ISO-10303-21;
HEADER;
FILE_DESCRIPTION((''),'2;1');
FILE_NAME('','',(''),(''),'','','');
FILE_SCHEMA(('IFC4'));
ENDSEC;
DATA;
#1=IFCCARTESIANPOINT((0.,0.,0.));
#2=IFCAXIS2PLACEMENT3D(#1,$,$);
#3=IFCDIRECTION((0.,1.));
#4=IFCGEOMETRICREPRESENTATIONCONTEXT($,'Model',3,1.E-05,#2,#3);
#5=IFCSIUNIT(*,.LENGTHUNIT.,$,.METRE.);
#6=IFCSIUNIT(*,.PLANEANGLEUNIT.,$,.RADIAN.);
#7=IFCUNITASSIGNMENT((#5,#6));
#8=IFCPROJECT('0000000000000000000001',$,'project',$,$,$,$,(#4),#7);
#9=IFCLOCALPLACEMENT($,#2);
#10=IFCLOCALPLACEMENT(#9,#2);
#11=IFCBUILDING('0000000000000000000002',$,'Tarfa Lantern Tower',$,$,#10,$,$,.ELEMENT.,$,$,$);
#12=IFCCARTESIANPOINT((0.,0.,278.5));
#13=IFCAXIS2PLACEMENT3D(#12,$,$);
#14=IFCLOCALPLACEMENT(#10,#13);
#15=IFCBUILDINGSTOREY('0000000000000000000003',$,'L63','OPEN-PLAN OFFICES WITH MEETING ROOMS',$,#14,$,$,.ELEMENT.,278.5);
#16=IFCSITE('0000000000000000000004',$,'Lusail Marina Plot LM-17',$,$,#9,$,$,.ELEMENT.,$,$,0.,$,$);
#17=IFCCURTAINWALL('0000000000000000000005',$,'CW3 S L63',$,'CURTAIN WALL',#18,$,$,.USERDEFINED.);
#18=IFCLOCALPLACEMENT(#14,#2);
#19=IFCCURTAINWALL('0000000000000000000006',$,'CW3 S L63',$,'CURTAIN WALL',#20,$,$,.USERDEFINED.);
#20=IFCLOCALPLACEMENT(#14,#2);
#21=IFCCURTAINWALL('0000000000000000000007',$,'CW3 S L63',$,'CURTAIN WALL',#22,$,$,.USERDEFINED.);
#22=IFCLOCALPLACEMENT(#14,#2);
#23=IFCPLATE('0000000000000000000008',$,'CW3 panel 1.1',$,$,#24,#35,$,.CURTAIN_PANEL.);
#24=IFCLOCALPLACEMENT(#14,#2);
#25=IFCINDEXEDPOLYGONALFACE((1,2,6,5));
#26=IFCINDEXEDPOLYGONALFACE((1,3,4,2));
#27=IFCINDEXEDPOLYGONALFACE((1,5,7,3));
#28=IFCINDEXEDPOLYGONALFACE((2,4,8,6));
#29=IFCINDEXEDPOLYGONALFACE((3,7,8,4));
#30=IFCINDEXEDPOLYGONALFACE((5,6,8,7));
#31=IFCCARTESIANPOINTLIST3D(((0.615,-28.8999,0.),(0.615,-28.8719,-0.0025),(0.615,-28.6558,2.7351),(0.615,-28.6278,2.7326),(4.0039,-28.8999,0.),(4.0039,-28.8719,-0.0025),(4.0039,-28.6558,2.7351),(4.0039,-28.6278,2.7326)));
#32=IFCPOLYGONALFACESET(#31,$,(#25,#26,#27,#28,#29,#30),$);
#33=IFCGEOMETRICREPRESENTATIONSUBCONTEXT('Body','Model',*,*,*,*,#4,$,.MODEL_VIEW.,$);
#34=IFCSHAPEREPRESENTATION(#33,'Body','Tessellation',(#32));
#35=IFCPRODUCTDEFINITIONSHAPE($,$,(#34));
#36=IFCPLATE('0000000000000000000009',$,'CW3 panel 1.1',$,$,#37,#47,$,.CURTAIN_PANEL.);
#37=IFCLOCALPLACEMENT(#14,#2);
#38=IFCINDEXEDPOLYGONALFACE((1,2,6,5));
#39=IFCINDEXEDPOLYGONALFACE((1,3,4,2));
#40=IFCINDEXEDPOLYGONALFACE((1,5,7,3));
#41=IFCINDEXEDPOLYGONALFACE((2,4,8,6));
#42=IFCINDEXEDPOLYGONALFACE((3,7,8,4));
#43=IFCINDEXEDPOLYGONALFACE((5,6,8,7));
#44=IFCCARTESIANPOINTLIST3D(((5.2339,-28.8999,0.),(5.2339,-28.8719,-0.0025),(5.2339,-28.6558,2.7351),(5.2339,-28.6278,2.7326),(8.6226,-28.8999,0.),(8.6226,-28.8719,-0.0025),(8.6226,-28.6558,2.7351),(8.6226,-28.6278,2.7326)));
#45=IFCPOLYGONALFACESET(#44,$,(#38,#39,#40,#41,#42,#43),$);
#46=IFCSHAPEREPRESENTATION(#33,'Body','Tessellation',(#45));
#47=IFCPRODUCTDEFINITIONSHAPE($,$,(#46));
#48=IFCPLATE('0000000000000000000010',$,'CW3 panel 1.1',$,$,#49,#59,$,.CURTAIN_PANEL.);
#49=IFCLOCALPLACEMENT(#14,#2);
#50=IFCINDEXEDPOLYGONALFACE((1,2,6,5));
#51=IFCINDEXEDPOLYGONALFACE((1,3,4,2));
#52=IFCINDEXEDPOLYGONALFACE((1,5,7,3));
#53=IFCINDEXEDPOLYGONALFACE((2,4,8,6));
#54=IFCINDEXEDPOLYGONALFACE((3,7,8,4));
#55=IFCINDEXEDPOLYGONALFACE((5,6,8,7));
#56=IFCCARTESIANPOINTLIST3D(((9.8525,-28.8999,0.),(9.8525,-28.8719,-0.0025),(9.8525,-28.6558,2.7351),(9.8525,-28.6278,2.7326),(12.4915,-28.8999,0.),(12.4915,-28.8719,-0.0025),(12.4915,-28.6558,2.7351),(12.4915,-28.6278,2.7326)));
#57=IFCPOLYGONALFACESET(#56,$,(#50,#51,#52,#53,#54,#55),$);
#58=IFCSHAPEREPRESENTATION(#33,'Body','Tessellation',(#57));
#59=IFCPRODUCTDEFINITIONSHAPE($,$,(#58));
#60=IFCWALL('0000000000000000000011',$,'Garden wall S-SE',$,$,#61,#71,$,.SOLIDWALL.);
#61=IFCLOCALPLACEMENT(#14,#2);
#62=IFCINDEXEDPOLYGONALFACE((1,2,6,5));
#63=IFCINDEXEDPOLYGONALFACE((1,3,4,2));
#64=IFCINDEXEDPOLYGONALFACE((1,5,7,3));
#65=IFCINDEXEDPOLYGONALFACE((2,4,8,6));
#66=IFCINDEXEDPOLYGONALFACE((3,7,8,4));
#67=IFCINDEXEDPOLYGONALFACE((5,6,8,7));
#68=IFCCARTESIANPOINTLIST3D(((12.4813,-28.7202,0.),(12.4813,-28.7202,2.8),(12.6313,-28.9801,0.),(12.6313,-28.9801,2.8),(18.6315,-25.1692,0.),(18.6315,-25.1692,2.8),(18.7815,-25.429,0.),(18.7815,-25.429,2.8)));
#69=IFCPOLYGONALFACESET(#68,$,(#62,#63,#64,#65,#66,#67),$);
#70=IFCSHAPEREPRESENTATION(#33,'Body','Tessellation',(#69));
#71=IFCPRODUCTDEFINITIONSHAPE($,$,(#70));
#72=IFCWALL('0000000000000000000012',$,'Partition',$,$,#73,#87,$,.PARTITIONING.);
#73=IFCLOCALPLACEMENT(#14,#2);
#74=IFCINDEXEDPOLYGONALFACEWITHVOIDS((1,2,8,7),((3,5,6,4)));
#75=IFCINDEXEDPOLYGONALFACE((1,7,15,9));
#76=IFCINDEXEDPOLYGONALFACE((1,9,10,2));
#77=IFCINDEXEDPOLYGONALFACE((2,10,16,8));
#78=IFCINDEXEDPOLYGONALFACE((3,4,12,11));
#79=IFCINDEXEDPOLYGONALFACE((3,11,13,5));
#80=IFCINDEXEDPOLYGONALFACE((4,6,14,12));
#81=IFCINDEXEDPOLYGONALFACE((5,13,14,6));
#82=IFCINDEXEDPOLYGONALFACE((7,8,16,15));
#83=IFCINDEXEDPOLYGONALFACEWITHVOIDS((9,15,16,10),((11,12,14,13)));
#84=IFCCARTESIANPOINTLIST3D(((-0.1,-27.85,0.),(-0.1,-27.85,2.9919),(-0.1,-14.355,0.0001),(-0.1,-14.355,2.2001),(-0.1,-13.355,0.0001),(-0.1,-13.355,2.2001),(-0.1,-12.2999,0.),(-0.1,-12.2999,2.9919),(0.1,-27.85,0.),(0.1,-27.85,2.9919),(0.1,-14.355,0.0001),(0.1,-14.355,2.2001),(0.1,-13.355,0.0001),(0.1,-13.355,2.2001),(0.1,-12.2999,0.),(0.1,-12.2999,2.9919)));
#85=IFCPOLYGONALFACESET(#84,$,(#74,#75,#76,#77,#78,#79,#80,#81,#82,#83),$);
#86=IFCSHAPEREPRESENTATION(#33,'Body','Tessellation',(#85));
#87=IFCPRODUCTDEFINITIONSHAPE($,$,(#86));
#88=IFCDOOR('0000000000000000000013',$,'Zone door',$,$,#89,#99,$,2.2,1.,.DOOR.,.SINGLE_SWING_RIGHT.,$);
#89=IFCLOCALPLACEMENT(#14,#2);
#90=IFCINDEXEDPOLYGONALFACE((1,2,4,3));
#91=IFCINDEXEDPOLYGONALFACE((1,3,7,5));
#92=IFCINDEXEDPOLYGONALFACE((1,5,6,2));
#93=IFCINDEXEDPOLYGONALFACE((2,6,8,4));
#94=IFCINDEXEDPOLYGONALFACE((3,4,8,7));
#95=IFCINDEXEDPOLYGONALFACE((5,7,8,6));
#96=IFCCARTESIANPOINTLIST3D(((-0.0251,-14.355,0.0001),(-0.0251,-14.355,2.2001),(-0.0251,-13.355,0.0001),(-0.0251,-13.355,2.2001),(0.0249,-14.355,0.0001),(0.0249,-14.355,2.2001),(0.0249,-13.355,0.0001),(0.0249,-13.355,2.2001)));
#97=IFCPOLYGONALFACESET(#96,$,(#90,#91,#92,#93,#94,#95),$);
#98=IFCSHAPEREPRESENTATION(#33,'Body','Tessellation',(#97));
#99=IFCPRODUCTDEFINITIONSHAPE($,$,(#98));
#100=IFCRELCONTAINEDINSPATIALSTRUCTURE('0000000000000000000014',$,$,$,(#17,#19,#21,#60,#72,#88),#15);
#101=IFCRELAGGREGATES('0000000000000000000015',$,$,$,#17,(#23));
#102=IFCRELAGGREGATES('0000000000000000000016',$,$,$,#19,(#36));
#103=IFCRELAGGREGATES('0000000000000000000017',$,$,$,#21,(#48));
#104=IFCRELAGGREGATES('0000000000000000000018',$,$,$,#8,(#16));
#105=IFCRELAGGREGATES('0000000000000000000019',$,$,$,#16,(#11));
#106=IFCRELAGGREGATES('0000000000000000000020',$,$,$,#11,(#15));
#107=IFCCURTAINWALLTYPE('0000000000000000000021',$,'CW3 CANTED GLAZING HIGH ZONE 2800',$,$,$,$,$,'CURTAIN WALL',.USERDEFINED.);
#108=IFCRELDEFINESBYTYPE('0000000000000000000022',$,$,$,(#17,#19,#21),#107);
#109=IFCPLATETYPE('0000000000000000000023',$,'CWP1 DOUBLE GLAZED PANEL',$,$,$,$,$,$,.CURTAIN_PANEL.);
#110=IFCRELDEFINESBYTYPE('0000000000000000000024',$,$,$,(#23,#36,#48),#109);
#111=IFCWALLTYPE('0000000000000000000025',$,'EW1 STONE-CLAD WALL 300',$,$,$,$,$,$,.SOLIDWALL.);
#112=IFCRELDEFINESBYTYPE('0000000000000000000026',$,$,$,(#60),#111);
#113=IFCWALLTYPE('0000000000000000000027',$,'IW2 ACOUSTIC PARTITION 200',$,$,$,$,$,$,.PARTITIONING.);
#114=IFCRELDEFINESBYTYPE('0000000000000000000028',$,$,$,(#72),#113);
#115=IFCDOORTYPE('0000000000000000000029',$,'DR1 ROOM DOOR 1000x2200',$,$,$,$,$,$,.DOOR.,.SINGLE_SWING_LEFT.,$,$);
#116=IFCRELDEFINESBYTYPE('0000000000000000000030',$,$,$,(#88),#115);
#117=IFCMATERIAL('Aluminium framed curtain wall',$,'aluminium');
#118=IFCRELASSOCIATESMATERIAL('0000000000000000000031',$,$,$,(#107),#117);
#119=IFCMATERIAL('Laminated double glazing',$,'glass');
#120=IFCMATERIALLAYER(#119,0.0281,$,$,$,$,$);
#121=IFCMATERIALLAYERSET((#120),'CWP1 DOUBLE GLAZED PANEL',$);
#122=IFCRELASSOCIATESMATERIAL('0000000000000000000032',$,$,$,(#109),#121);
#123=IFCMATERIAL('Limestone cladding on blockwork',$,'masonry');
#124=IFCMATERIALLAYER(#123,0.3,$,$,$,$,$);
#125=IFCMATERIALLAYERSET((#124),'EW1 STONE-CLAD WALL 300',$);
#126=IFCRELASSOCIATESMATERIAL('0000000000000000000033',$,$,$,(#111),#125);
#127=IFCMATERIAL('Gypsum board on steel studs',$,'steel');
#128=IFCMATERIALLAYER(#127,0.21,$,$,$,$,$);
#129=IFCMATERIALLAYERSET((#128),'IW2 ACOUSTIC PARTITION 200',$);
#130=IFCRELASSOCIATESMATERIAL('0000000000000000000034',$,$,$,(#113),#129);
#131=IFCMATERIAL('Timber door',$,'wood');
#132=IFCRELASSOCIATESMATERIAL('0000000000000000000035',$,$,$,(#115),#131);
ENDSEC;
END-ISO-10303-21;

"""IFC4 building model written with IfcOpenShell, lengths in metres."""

from ifc_helpers import new_model, si_unit, direction, frame, frame_2d, origin, place, context, subcontext, project, spatial, polyline, rectangle, outline, extrude, material, layer, layer_set, type_object, element, fill, aggregate, save


model = new_model("IFC4")

# Units and contexts
model_context = context("Model", 3, precision=1e-05, world=origin(), true_north=direction((0.0, 1.0)))
body_context = subcontext(model_context, "Body", "Model", "MODEL_VIEW")
ifc_project = project(units=[si_unit("LENGTHUNIT", "METRE"), si_unit("PLANEANGLEUNIT", "RADIAN")], contexts=[model_context])

# Site, building, storey
site_placement = place(None, origin())
site = spatial("IfcSite", under=ifc_project, at=site_placement, Name="Lusail Marina Plot LM-17", CompositionType="ELEMENT", RefElevation=0.0)
building_placement = place(site_placement, origin())
building = spatial("IfcBuilding", under=site, at=building_placement, Name="Tarfa Lantern Tower", CompositionType="ELEMENT")
storey_placement = place(building_placement, frame((0.0, 0.0, 278.5)))
storey = spatial("IfcBuildingStorey", under=building, at=storey_placement, Name="L63", Description="OPEN-PLAN OFFICES WITH MEETING ROOMS", CompositionType="ELEMENT", Elevation=278.5)

# Curtain walls
ifc_material_1 = material(Name="Aluminium framed curtain wall", Category="aluminium")
curtain_wall_type = type_object("IfcCurtainWallType", Name="CW3 CANTED GLAZING HIGH ZONE 2800", ElementType="CURTAIN WALL", PredefinedType="USERDEFINED", material=ifc_material_1)
curtain_wall_1_placement = place(storey_placement, origin())
curtain_wall_1 = element("IfcCurtainWall", 1, at=curtain_wall_1_placement, inside=storey, type_object=curtain_wall_type, Name="CW3 S L63", ObjectType="CURTAIN WALL", PredefinedType="USERDEFINED")
curtain_wall_2_placement = place(storey_placement, origin())
curtain_wall_2 = element("IfcCurtainWall", 2, at=curtain_wall_2_placement, inside=storey, type_object=curtain_wall_type, Name="CW3 S L63", ObjectType="CURTAIN WALL", PredefinedType="USERDEFINED")
curtain_wall_3_placement = place(storey_placement, origin())
curtain_wall_3 = element("IfcCurtainWall", 3, at=curtain_wall_3_placement, inside=storey, type_object=curtain_wall_type, Name="CW3 S L63", ObjectType="CURTAIN WALL", PredefinedType="USERDEFINED")

# Plates
ifc_material_2 = material(Name="Laminated double glazing", Category="glass")
ifc_layer_1 = layer(ifc_material_2, 0.0281)
ifc_layer_set_1 = layer_set([ifc_layer_1], Name="CWP1 DOUBLE GLAZED PANEL")
plate_type = type_object("IfcPlateType", Name="CWP1 DOUBLE GLAZED PANEL", PredefinedType="CURTAIN_PANEL", material=ifc_layer_set_1)
plate_1_placement = place(storey_placement, frame((0.615, -28.8999, 0.0), z_axis=(0.0, -0.99604, 0.088908), x_axis=(1.0, 0.0, 0.0)))
plate_1 = element("IfcPlate", 4, at=plate_1_placement, type_object=plate_type, Name="CW3 panel 1.1", PredefinedType="CURTAIN_PANEL", context=body_context, shape_type="SweptSolid", body=[
    extrude(outline(polyline([(0.0, 0.0), (3.3889, 0.0), (3.3889, 2.746), (0.0, 2.746), (0.0, 0.0)])), origin(), (0.0, 0.0, -1.0), 0.0281),
])
aggregate(curtain_wall_1, [plate_1])
plate_2_placement = place(storey_placement, frame((5.2339, -28.8999, 0.0), z_axis=(0.0, -0.99604, 0.088908), x_axis=(1.0, 0.0, 0.0)))
plate_2 = element("IfcPlate", 5, at=plate_2_placement, type_object=plate_type, Name="CW3 panel 1.1", PredefinedType="CURTAIN_PANEL", context=body_context, shape_type="SweptSolid", body=[
    extrude(outline(polyline([(0.0, 0.0), (3.3887, 0.0), (3.3887, 2.746), (0.0, 2.746), (0.0, 0.0)])), origin(), (0.0, 0.0, -1.0), 0.0281),
])
aggregate(curtain_wall_2, [plate_2])
plate_3_placement = place(storey_placement, frame((9.8525, -28.8999, 0.0), z_axis=(0.0, -0.99604, 0.088908), x_axis=(1.0, 0.0, 0.0)))
plate_3 = element("IfcPlate", 6, at=plate_3_placement, type_object=plate_type, Name="CW3 panel 1.1", PredefinedType="CURTAIN_PANEL", context=body_context, shape_type="SweptSolid", body=[
    extrude(outline(polyline([(0.0, 0.0), (2.6389, 0.0), (2.6389, 2.746), (0.0, 2.746), (0.0, 0.0)])), origin(), (0.0, 0.0, -1.0), 0.0281),
])
aggregate(curtain_wall_3, [plate_3])

# Wall
ifc_material_3 = material(Name="Limestone cladding on blockwork", Category="masonry")
ifc_layer_2 = layer(ifc_material_3, 0.3)
ifc_layer_set_2 = layer_set([ifc_layer_2], Name="EW1 STONE-CLAD WALL 300")
wall_type_1 = type_object("IfcWallType", Name="EW1 STONE-CLAD WALL 300", PredefinedType="SOLIDWALL", material=ifc_layer_set_2)
wall_1_placement = place(storey_placement, frame((12.5564, -28.8501, 0.0), z_axis=(0.0, 0.0, 1.0), x_axis=(0.866011, 0.500025, 0.0)))
element("IfcWall", 7, at=wall_1_placement, inside=storey, type_object=wall_type_1, Name="Garden wall S-SE", PredefinedType="SOLIDWALL", context=body_context, shape_type="SweptSolid", body=[
    extrude(rectangle(XDim=7.1018, YDim=0.3, at=frame_2d((3.5508, 0.0))), origin(), (0.0, 0.0, 1.0), 2.8),
])

# Wall, opening, door
ifc_material_4 = material(Name="Gypsum board on steel studs", Category="steel")
ifc_layer_3 = layer(ifc_material_4, 0.21)
ifc_layer_set_3 = layer_set([ifc_layer_3], Name="IW2 ACOUSTIC PARTITION 200")
wall_type_2 = type_object("IfcWallType", Name="IW2 ACOUSTIC PARTITION 200", PredefinedType="PARTITIONING", material=ifc_layer_set_3)
wall_2_placement = place(storey_placement, frame((0.0, -12.3, 0.0), z_axis=(0.0, 0.0, 1.0), x_axis=(0.0, -1.0, 0.0)))
wall_2 = element("IfcWall", 8, at=wall_2_placement, inside=storey, type_object=wall_type_2, Name="Partition", PredefinedType="PARTITIONING", context=body_context, shape_type="SweptSolid", body=[
    extrude(rectangle(XDim=15.55, YDim=0.2, at=frame_2d((7.7749, 0.0))), origin(), (0.0, 0.0, 1.0), 2.9919),
])
opening_placement = place(wall_2_placement, frame((1.0549, 0.0, 0.0)))
opening = element("IfcOpeningElement", 9, at=opening_placement, cuts=wall_2, PredefinedType="OPENING", context=body_context, shape_type="SweptSolid", body=[
    extrude(rectangle(XDim=1.0, YDim=2.2, at=frame_2d((0.5, 1.1001))), frame((0.0, 0.1099, 0.0), z_axis=(0.0, -1.0, 0.0), x_axis=(1.0, 0.0, 0.0)), (0.0, 0.0, 1.0), 0.22),
])
ifc_material_5 = material(Name="Timber door", Category="wood")
door_type = type_object("IfcDoorType", Name="DR1 ROOM DOOR 1000x2200", OperationType="SINGLE_SWING_LEFT", PredefinedType="DOOR", material=ifc_material_5)
door_placement = place(opening_placement, origin())
door = element("IfcDoor", 10, at=door_placement, inside=storey, type_object=door_type, Name="Zone door", OperationType="SINGLE_SWING_RIGHT", OverallHeight=2.2, OverallWidth=1.0, PredefinedType="DOOR", context=body_context, shape_type="SweptSolid", body=[
    extrude(rectangle(XDim=1.0, YDim=2.2, at=frame_2d((0.5, 1.1001))), frame((0.0, 0.0249, 0.0), z_axis=(0.0, -1.0, 0.0), x_axis=(1.0, 0.0, 0.0)), (0.0, 0.0, 1.0), 0.05),
])
fill(opening, door)

save(model, "model.ifc")
